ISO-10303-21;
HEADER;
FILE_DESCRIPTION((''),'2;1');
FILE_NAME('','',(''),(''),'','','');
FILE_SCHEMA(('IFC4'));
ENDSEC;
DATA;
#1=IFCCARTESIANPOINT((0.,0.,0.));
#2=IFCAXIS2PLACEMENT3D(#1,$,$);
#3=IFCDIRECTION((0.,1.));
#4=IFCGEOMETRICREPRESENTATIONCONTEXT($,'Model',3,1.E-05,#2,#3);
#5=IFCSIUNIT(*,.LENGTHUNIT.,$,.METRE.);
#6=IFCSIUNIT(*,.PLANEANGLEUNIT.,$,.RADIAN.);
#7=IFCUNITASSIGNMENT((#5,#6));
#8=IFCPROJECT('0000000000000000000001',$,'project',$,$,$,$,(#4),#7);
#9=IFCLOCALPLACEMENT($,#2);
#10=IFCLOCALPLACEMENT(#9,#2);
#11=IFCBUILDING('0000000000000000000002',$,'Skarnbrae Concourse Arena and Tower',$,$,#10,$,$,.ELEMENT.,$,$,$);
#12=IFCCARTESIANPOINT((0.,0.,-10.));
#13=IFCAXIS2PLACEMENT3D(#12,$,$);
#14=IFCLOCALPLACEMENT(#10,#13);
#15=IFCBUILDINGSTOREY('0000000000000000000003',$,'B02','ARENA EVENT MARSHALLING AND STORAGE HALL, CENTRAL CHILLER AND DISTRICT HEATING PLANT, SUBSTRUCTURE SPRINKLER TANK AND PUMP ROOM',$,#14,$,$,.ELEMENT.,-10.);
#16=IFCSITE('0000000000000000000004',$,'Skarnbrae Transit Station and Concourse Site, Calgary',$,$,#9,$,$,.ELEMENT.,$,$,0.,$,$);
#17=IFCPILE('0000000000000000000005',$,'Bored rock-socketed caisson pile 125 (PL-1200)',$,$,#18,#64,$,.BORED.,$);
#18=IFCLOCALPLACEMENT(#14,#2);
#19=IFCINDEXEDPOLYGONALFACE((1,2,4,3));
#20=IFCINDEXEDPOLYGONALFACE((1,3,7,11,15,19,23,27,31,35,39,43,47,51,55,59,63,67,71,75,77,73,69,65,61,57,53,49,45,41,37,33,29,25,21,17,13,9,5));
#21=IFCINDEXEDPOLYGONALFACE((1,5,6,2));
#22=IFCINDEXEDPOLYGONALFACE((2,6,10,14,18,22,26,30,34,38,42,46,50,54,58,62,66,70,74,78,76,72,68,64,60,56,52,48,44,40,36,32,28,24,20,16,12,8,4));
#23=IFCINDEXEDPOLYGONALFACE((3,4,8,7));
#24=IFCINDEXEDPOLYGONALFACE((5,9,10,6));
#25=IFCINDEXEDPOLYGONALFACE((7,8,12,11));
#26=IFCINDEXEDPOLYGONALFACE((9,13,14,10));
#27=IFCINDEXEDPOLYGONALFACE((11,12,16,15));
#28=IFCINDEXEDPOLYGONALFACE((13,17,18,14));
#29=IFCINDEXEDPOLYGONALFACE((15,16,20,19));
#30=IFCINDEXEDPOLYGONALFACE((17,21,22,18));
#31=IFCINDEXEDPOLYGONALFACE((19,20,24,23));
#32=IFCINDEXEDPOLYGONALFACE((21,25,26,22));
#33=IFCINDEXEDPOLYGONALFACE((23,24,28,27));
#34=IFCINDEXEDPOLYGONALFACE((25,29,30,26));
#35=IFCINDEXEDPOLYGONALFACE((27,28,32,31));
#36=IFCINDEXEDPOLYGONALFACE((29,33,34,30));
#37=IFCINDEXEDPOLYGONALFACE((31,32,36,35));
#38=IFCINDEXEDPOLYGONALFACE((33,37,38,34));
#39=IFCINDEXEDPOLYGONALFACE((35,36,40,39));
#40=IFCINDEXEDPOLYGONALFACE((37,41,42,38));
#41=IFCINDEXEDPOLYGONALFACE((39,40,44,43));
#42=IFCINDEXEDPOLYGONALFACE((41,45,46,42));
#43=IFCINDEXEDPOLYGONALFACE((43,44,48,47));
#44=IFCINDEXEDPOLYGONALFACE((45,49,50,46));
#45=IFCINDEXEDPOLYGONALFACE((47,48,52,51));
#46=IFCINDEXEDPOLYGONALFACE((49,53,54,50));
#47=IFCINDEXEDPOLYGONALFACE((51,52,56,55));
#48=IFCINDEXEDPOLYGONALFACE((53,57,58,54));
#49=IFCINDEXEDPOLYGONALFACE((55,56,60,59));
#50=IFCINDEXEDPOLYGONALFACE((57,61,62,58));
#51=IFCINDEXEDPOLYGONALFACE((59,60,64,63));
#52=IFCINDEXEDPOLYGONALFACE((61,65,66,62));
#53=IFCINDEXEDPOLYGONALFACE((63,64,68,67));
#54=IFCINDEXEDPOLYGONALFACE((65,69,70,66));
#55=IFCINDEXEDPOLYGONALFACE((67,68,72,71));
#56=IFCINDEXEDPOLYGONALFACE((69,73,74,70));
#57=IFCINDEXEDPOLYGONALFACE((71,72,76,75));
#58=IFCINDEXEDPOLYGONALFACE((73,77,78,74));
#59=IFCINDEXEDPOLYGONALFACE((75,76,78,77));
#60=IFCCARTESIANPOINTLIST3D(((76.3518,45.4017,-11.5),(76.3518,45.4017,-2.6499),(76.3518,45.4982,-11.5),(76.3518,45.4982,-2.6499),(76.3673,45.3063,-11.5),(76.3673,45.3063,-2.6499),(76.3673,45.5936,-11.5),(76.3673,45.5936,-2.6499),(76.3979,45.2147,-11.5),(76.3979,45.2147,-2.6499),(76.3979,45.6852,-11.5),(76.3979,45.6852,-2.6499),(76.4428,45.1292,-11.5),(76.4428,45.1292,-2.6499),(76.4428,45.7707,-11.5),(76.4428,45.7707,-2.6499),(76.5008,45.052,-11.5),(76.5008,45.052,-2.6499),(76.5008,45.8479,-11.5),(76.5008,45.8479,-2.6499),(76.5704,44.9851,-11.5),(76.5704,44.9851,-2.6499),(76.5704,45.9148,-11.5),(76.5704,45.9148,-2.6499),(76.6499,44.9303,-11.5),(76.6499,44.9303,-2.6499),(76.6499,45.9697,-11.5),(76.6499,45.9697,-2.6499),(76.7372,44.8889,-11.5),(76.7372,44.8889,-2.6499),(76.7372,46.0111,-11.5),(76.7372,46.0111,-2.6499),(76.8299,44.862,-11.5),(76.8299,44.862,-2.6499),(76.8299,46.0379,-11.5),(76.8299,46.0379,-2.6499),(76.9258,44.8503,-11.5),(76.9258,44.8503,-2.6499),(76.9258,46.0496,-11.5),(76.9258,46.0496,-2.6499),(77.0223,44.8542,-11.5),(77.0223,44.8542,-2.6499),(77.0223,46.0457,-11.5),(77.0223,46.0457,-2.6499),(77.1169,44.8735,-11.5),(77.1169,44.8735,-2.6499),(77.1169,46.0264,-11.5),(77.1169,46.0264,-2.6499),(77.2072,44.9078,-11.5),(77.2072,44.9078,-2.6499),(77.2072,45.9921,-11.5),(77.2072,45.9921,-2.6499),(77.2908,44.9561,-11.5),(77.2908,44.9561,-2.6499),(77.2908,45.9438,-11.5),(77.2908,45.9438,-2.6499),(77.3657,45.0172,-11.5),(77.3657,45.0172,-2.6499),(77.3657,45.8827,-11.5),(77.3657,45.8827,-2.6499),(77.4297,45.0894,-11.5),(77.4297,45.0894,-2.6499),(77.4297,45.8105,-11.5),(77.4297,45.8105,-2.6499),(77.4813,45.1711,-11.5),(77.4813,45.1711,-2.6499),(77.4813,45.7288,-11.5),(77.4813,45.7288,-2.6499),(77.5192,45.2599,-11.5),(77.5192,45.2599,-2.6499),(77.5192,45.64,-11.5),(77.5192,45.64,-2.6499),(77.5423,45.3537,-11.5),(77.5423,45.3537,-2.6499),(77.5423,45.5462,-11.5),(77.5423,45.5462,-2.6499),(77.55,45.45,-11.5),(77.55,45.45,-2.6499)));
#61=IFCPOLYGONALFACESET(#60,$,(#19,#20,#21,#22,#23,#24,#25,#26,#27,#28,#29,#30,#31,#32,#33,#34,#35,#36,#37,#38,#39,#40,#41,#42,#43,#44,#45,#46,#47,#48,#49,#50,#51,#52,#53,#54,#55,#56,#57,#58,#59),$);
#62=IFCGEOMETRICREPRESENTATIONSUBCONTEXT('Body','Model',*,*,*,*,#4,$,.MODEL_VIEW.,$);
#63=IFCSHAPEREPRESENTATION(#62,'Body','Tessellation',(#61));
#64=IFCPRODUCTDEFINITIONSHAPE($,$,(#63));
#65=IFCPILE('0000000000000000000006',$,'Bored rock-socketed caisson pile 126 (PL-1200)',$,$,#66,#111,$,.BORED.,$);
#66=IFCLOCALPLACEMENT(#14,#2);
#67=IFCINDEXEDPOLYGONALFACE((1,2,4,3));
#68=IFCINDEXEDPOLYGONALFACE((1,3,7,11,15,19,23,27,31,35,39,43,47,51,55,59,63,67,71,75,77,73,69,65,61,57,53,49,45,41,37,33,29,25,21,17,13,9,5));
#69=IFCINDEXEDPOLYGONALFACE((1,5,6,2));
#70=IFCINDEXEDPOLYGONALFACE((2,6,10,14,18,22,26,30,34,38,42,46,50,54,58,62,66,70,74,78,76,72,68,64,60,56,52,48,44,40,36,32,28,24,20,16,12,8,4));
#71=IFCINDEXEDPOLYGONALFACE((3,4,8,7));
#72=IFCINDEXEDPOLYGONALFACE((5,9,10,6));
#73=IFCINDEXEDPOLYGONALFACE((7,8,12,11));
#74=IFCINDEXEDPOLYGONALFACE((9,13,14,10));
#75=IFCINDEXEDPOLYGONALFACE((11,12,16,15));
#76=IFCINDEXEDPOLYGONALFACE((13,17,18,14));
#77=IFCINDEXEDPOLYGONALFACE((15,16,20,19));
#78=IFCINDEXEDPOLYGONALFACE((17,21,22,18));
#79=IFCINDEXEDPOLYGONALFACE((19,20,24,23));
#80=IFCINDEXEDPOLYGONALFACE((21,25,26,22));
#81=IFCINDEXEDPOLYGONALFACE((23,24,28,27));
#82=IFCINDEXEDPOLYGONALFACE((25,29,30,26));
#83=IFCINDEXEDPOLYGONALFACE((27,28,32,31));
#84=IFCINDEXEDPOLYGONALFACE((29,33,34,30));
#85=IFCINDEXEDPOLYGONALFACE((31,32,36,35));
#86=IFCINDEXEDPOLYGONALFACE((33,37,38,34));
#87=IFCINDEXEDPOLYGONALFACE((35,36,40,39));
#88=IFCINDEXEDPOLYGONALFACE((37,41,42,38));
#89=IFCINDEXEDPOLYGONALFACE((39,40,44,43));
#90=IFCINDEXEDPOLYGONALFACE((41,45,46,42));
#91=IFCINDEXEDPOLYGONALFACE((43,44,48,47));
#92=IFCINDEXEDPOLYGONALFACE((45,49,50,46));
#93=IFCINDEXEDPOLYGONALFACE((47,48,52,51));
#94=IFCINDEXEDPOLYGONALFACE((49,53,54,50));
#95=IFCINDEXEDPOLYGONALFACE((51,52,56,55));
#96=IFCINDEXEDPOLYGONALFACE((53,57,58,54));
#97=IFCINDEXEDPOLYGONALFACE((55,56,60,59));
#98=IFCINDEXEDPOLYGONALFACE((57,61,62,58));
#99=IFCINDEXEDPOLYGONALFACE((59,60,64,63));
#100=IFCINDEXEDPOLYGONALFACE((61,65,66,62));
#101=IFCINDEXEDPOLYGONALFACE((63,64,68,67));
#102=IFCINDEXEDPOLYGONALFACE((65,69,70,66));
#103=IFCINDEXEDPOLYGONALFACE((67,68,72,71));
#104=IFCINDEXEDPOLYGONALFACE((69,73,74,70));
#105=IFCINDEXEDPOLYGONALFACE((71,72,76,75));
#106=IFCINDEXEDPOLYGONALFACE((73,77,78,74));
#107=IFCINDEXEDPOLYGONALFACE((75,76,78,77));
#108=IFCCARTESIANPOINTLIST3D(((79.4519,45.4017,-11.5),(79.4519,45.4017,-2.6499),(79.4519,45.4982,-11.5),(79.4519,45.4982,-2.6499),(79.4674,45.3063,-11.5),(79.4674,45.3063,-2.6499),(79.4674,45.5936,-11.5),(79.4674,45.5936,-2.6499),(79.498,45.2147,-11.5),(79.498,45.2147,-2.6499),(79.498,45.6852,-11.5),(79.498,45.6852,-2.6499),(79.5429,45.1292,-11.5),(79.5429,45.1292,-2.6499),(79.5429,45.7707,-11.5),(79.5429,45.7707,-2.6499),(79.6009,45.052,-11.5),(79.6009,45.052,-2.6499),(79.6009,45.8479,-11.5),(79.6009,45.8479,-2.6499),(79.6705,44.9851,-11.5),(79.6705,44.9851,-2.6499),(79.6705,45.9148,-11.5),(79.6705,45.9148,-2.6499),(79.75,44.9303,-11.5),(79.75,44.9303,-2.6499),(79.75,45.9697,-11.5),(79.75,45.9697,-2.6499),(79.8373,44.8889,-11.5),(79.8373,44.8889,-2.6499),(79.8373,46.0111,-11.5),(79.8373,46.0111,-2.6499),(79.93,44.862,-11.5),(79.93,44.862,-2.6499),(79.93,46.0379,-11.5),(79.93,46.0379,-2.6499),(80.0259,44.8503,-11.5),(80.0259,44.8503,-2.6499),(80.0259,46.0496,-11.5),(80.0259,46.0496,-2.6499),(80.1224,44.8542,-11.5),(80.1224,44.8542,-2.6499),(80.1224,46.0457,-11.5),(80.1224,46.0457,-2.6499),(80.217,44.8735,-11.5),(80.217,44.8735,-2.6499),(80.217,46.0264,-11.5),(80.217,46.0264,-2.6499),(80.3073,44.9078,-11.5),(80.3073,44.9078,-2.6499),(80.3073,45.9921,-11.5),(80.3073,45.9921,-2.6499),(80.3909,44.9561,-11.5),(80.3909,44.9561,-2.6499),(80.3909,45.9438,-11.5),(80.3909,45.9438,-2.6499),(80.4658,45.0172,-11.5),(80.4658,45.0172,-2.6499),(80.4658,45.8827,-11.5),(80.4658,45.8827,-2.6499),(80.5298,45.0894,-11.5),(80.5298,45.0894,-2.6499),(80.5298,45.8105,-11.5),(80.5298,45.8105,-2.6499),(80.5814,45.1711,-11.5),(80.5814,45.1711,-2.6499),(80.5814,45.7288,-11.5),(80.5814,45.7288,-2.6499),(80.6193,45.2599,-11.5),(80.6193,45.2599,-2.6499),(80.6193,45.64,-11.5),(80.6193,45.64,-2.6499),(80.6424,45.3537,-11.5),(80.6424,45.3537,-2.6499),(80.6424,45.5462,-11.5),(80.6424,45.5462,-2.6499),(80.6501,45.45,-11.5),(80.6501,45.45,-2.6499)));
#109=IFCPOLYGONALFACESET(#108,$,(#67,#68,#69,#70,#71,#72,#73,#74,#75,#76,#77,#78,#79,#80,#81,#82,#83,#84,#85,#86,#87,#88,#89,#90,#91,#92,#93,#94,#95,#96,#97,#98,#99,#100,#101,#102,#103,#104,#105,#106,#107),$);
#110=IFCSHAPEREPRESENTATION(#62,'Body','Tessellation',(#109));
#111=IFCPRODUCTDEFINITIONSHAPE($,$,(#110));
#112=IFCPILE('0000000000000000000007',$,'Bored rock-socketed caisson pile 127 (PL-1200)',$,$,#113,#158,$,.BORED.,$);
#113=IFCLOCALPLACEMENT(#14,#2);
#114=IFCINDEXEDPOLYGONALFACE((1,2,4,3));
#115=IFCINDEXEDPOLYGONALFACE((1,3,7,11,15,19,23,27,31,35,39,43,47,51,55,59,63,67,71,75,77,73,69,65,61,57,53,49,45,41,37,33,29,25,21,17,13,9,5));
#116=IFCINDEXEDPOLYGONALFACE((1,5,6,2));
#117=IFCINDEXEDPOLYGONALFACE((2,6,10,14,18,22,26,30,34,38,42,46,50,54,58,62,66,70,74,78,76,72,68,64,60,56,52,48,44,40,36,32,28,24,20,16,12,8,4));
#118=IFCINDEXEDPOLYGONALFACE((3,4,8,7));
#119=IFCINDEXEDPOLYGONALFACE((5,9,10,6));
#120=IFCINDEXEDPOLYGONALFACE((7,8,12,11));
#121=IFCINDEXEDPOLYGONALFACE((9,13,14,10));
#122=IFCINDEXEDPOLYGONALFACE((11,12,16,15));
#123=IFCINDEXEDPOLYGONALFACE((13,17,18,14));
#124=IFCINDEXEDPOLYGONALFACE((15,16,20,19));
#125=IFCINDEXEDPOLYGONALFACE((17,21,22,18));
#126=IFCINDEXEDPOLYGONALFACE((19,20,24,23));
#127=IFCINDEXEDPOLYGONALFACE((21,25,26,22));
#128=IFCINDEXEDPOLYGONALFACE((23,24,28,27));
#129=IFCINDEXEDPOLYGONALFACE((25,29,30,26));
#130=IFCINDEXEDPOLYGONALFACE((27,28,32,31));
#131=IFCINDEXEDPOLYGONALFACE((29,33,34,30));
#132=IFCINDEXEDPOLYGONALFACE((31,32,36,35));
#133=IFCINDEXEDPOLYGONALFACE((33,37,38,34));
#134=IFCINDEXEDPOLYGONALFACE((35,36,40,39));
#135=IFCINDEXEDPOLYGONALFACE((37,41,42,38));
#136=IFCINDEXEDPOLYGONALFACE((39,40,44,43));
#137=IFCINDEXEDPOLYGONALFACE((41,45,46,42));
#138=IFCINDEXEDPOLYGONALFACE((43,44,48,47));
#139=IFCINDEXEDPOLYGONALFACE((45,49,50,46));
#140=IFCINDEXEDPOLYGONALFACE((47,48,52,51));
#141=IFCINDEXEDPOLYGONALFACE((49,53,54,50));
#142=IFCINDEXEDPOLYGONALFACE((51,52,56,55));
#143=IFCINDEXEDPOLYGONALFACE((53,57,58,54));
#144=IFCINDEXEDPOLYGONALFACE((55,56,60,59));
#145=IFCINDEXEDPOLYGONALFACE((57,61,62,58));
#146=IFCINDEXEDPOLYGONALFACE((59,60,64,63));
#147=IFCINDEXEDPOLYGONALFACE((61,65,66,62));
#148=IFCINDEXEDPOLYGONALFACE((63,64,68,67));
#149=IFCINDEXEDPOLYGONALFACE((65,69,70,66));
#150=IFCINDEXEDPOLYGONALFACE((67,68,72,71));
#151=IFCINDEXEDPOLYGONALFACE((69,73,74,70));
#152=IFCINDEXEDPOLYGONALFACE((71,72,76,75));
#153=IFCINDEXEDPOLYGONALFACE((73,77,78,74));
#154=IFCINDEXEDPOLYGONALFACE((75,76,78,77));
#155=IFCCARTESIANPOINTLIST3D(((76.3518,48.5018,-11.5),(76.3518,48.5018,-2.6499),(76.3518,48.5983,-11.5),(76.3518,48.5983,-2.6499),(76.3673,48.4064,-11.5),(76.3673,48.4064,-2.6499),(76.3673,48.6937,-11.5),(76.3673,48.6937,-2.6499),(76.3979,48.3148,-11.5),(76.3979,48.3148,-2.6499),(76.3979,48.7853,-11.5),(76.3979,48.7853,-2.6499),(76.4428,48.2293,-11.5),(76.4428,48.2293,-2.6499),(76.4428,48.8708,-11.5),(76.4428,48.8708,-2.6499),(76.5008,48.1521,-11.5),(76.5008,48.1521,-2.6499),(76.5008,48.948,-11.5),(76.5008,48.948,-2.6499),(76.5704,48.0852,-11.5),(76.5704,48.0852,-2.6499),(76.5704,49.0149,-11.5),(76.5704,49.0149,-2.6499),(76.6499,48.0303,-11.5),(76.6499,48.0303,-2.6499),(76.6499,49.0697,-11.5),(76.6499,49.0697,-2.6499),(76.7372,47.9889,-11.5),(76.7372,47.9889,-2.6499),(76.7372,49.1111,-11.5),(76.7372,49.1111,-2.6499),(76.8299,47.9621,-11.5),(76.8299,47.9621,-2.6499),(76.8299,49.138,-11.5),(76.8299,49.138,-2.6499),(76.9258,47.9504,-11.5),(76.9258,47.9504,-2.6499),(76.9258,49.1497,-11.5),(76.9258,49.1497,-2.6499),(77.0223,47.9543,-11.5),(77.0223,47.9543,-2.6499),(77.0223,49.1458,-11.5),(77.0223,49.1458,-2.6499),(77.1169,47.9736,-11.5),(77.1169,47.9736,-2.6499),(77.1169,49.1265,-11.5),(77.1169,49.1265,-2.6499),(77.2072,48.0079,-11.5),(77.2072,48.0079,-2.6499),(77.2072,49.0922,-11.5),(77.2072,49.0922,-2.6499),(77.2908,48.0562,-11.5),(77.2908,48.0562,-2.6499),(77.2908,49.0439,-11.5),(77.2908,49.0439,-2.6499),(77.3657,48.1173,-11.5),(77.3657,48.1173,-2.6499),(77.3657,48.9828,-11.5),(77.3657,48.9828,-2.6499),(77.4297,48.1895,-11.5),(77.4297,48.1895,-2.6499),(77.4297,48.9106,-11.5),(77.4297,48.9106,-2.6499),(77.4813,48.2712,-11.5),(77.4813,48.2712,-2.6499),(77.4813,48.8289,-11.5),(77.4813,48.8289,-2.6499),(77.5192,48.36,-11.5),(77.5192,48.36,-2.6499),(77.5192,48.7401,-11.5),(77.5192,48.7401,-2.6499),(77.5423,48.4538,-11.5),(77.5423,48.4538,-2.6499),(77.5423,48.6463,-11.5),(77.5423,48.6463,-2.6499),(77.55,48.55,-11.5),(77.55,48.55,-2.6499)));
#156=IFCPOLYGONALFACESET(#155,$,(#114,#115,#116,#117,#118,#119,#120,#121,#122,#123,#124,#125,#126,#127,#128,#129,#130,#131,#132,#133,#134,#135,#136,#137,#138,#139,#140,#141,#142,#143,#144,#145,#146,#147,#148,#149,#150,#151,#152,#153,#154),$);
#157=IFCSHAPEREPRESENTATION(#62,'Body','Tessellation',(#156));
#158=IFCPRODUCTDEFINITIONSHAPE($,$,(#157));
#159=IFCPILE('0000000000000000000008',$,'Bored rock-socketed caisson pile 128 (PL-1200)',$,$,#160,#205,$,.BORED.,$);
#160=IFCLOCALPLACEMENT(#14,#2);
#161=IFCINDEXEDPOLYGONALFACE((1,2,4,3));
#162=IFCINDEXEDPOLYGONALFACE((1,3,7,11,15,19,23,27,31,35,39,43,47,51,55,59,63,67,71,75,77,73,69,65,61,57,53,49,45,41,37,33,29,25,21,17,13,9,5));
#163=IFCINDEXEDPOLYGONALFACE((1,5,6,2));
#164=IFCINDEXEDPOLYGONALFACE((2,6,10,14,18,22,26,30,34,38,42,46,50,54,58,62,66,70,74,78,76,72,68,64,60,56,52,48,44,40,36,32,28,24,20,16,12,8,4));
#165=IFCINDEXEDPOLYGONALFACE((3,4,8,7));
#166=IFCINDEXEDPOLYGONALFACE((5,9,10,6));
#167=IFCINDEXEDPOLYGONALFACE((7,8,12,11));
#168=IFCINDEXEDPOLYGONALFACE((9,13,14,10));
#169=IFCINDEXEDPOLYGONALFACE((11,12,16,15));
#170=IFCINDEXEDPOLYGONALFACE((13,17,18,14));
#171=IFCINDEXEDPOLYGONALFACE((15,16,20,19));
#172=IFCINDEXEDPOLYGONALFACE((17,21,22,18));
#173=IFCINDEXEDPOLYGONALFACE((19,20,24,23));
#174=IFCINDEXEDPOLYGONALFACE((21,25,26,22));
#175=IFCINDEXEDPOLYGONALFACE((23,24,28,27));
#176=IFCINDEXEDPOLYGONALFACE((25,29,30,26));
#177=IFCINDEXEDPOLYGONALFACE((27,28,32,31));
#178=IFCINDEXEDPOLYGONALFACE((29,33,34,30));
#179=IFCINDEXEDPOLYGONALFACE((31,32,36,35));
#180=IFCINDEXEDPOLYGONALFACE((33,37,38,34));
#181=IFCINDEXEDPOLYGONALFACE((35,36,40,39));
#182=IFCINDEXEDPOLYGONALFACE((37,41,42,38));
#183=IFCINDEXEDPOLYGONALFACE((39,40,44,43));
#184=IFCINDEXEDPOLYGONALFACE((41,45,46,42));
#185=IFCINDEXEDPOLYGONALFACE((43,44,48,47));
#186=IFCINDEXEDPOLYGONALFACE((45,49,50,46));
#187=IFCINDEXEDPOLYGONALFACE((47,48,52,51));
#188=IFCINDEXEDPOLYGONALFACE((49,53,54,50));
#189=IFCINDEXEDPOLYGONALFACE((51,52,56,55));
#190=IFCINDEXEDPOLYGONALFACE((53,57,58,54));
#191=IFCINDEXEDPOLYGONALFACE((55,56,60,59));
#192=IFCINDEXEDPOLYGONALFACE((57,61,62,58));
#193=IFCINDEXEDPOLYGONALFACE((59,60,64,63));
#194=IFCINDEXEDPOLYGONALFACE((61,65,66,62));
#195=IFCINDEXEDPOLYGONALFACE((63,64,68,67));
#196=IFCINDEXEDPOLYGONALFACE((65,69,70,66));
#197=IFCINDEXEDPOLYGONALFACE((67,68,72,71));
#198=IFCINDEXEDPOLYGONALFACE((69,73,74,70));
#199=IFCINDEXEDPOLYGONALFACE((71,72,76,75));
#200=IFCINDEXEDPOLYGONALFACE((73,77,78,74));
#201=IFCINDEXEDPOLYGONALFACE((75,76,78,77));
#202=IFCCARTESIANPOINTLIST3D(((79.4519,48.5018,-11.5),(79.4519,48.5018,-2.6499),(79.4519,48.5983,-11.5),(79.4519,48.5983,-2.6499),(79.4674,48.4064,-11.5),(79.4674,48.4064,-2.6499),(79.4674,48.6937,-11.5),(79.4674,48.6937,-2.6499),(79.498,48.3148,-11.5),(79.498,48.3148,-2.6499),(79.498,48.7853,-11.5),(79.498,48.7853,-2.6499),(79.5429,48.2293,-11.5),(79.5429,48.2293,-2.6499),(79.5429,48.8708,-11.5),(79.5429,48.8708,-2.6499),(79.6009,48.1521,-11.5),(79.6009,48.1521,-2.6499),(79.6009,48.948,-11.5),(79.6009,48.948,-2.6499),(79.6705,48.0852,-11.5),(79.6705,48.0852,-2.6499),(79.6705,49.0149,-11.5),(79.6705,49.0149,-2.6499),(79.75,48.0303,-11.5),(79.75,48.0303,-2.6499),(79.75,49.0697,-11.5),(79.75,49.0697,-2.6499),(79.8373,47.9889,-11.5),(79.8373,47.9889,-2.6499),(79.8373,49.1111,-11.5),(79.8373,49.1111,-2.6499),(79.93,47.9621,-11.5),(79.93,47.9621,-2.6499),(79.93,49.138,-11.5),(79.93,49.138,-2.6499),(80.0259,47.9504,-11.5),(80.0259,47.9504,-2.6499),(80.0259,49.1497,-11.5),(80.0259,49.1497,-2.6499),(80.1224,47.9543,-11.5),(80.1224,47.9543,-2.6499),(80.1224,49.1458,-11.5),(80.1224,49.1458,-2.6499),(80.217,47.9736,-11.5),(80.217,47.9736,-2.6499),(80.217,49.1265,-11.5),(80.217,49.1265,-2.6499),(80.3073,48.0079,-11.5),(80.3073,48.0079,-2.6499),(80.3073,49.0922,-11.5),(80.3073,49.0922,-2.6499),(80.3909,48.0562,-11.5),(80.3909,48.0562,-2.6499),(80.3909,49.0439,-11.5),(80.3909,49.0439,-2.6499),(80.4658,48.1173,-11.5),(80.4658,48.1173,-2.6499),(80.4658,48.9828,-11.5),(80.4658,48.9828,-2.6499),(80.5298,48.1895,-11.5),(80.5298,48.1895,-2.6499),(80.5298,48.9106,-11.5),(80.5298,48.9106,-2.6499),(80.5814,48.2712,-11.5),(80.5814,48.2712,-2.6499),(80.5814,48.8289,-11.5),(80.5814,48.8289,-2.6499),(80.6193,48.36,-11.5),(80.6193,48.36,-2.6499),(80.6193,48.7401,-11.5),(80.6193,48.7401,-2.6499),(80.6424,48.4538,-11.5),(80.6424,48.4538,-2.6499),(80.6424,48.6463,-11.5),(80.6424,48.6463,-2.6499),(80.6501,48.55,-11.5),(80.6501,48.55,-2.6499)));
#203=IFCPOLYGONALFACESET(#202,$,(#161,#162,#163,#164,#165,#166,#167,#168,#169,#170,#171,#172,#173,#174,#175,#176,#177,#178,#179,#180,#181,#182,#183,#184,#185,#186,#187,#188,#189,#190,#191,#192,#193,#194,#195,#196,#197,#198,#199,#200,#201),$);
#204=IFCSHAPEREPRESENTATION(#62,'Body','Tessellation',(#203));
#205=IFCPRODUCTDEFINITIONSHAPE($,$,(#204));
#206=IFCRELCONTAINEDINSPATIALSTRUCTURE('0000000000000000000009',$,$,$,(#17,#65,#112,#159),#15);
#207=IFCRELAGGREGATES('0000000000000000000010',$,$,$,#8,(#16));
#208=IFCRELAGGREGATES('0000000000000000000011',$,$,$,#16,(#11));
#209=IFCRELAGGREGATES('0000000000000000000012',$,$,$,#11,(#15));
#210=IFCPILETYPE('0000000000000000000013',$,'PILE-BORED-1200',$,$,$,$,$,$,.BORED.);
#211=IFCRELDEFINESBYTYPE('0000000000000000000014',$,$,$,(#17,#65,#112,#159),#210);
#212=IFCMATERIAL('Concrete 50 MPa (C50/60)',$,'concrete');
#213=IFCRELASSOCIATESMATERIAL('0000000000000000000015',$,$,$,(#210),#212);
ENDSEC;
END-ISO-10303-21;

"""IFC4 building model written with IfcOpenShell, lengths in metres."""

from ifc_helpers import new_model, si_unit, direction, frame, origin, origin_2d, place, context, subcontext, project, spatial, circle, extrude, source, transform, mapped, material, material_profile, profile_set, type_object, element, save


model = new_model("IFC4")

# Units and contexts
model_context = context("Model", 3, precision=1e-05, world=origin(), true_north=direction((0.0, 1.0)))
body_context = subcontext(model_context, "Body", "Model", "MODEL_VIEW")
ifc_project = project(units=[si_unit("LENGTHUNIT", "METRE"), si_unit("PLANEANGLEUNIT", "RADIAN")], contexts=[model_context])

# Site, building, storey
site_placement = place(None, origin())
site = spatial("IfcSite", under=ifc_project, at=site_placement, Name="Skarnbrae Transit Station and Concourse Site, Calgary", CompositionType="ELEMENT", RefElevation=0.0)
building_placement = place(site_placement, origin())
building = spatial("IfcBuilding", under=site, at=building_placement, Name="Skarnbrae Concourse Arena and Tower", CompositionType="ELEMENT")
storey_placement = place(building_placement, frame((0.0, 0.0, -10.0)))
storey = spatial("IfcBuildingStorey", under=building, at=storey_placement, Name="B02", Description="ARENA EVENT MARSHALLING AND STORAGE HALL, CENTRAL CHILLER AND DISTRICT HEATING PLANT, SUBSTRUCTURE SPRINKLER TANK AND PUMP ROOM", CompositionType="ELEMENT", Elevation=-10.0)

# Shared definitions
ifc_material_1 = material(Name="Concrete 50 MPa (C50/60)", Category="concrete")

# Piles
ifc_material_profile_1 = material_profile(ifc_material_1, circle(Radius=0.6001, at=origin_2d()), Name="CAISSON-1200")
ifc_profile_set_1 = profile_set([ifc_material_profile_1], Name="Concrete 50 MPa (C50/60)")
pile_type_1 = type_object("IfcPileType", Name="PILE-BORED-1200", PredefinedType="BORED", material=ifc_profile_set_1)
shared_shape_1 = source(origin(), body_context, "Body", "SweptSolid", [
    extrude(circle(Radius=0.6001, at=origin_2d()), origin(), (0.0, 0.0, 1.0), 8.8501),
])
for number, where, z_axis, x_axis, name in (
    (1, (76.95, 45.45, -2.6499), (0.0, 0.0, -1.0), (1.0, 0.0, 0.0), "Bored rock-socketed caisson pile 125 (PL-1200)"),
    (2, (80.05, 45.45, -2.6499), (0.0, 0.0, -1.0), (1.0, 0.0, 0.0), "Bored rock-socketed caisson pile 126 (PL-1200)"),
    (3, (76.95, 48.55, -2.6499), (0.0, 0.0, -1.0), (1.0, 0.0, 0.0), "Bored rock-socketed caisson pile 127 (PL-1200)"),
    (4, (80.05, 48.55, -2.6499), (0.0, 0.0, -1.0), (1.0, 0.0, 0.0), "Bored rock-socketed caisson pile 128 (PL-1200)"),
):
    element("IfcPile", number, at=place(storey_placement, frame(where, z_axis=z_axis, x_axis=x_axis)), inside=storey, type_object=pile_type_1, Name=name, PredefinedType="BORED", context=body_context, shape_type="MappedRepresentation", body=[
        mapped(shared_shape_1, transform((0.0, 0.0, 0.0))),
    ])

save(model, "model.ifc")
